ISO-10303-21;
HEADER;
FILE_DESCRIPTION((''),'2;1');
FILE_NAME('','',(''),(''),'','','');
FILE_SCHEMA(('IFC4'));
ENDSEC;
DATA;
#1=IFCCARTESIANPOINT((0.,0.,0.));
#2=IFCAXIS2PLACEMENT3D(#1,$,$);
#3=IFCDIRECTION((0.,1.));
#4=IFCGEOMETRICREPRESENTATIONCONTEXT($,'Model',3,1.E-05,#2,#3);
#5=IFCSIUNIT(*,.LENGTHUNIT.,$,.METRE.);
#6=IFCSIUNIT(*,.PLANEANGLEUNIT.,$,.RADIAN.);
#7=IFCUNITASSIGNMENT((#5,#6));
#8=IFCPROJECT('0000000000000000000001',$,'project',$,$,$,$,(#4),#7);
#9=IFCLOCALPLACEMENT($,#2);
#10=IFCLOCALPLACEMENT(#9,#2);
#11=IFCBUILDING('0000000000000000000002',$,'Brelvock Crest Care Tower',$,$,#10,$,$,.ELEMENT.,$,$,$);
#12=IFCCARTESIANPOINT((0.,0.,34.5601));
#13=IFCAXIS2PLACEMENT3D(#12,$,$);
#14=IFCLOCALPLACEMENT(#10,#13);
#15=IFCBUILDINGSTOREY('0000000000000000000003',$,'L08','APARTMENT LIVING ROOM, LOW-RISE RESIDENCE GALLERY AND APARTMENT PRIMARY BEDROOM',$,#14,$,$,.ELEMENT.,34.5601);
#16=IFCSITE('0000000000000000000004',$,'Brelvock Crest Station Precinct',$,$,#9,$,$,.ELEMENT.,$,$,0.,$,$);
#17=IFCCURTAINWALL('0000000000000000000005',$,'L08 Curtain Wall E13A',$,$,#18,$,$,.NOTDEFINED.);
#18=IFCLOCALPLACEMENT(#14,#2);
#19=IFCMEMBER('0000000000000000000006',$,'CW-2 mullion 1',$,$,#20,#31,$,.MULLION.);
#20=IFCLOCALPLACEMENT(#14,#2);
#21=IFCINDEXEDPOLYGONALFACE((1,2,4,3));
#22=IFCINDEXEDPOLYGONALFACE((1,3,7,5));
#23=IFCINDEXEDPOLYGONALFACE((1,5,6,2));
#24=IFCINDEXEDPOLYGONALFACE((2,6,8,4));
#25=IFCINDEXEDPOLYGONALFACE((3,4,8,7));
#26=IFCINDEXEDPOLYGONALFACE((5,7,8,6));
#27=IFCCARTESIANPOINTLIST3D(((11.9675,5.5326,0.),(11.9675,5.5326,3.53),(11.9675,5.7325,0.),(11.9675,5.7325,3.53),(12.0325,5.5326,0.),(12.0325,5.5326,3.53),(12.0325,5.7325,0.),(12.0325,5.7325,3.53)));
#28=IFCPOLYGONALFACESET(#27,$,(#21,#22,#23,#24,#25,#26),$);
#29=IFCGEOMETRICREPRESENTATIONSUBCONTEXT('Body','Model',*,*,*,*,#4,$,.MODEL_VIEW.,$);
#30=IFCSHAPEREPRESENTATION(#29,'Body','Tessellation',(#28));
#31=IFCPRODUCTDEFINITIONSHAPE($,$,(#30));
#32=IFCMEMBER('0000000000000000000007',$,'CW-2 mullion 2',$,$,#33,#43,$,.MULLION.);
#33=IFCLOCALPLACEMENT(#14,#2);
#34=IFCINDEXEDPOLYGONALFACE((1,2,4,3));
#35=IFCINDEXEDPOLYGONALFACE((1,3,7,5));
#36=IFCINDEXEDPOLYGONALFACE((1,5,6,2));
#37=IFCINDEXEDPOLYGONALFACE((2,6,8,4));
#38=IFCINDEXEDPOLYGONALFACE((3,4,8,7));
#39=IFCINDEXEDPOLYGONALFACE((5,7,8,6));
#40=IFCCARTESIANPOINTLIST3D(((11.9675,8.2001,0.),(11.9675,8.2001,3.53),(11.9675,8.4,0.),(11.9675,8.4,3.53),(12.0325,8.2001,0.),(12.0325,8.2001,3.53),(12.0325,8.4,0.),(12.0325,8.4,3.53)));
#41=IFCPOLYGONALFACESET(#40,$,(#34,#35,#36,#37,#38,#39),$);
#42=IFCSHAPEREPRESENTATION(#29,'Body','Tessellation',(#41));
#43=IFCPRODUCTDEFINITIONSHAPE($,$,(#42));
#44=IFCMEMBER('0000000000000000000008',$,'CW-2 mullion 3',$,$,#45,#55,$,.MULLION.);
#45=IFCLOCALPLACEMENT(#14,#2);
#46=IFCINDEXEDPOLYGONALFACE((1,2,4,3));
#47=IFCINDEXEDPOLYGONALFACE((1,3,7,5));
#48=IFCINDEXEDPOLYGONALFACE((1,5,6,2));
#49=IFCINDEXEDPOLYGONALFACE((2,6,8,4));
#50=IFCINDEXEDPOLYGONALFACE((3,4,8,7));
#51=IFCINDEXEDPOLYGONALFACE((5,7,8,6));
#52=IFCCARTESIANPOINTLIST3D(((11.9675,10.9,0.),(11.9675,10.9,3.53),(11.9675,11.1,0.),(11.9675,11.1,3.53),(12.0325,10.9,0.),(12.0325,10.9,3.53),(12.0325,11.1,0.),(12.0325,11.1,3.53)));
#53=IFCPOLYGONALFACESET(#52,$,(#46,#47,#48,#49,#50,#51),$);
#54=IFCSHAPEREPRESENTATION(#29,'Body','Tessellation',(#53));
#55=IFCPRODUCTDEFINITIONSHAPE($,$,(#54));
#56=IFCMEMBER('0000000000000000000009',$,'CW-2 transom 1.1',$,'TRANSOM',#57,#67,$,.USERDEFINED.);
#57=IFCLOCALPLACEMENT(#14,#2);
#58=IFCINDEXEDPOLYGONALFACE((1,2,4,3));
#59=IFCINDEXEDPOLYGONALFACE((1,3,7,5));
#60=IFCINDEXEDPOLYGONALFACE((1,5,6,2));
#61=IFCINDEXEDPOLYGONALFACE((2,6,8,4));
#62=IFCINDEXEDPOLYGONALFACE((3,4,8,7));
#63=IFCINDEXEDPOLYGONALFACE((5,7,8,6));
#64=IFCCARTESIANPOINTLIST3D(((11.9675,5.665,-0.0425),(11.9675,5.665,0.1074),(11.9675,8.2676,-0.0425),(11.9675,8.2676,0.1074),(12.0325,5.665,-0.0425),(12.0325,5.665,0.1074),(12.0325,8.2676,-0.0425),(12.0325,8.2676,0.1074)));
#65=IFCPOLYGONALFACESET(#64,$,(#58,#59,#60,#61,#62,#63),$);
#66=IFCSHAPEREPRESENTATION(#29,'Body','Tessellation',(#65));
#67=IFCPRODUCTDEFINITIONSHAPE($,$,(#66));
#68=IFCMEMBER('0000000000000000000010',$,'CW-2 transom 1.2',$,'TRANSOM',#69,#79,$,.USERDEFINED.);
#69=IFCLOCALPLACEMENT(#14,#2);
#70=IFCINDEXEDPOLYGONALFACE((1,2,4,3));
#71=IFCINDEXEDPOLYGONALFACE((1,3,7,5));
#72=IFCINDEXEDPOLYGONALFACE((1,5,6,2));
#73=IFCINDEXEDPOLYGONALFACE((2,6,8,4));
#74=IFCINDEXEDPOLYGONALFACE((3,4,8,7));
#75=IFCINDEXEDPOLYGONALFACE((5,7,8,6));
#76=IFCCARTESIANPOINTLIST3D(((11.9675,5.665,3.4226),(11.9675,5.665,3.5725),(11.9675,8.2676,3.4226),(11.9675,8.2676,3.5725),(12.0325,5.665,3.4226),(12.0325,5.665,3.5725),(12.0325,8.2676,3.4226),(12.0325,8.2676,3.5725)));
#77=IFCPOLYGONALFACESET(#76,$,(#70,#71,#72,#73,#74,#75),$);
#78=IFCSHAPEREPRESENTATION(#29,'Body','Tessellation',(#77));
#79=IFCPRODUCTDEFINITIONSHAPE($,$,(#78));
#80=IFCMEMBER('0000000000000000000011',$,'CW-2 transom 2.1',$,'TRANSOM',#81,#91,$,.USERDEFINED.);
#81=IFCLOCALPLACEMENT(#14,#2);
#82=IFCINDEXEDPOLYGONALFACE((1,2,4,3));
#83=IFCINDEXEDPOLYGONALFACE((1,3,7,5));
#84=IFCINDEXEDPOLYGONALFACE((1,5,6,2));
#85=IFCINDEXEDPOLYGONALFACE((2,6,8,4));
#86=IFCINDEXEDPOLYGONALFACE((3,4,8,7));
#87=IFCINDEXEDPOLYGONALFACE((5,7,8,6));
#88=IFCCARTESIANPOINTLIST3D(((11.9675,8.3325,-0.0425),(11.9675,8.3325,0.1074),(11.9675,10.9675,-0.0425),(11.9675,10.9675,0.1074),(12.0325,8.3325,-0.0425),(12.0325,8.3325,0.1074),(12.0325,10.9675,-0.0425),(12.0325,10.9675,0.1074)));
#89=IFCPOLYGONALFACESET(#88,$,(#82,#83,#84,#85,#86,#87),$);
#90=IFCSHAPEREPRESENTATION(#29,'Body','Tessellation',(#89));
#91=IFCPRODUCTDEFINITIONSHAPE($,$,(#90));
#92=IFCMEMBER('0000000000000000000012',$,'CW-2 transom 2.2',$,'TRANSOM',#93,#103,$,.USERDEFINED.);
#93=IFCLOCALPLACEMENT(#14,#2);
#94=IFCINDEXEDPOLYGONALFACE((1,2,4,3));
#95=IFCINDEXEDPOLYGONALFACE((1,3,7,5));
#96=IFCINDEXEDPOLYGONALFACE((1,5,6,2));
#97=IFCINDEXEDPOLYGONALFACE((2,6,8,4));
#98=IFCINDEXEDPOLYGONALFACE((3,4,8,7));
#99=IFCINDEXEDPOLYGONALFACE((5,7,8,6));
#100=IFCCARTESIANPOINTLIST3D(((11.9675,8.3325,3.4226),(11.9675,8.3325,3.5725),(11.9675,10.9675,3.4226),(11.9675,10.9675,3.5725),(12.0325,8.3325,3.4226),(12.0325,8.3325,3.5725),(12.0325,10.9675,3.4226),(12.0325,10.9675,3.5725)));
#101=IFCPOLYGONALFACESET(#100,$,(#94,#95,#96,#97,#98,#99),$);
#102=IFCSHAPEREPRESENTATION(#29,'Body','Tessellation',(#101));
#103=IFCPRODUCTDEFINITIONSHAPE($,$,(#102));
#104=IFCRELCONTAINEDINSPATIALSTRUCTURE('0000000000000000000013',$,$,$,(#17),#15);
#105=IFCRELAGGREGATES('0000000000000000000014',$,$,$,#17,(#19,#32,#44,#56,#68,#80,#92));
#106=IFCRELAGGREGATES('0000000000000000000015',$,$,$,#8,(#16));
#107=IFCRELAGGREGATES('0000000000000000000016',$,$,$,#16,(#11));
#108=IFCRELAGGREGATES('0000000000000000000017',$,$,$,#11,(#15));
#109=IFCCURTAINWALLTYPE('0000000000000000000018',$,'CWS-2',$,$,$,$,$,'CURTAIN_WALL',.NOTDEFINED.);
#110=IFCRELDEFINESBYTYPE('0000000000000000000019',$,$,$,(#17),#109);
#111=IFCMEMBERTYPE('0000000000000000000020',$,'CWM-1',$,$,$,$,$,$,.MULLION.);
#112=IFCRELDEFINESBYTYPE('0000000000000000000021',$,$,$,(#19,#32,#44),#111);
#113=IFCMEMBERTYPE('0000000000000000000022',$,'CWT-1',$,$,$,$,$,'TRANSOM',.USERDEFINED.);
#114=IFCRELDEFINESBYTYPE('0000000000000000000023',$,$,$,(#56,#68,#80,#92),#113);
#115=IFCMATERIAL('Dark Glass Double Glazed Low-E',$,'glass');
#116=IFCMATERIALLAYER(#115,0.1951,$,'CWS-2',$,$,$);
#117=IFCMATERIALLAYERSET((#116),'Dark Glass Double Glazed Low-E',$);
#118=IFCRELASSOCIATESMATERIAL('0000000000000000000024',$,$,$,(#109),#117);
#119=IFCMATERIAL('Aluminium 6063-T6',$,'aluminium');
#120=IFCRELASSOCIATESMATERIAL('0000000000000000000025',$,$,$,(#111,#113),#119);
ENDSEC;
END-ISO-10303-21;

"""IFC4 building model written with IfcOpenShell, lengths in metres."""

from ifc_helpers import new_model, si_unit, direction, frame, origin, origin_2d, place, context, subcontext, project, spatial, rectangle, extrude, source, transform, mapped, material, layer, layer_set, material_profile, profile_set, type_object, element, aggregate, save


model = new_model("IFC4")

# Units and contexts
model_context = context("Model", 3, precision=1e-05, world=origin(), true_north=direction((0.0, 1.0)))
body_context = subcontext(model_context, "Body", "Model", "MODEL_VIEW")
ifc_project = project(units=[si_unit("LENGTHUNIT", "METRE"), si_unit("PLANEANGLEUNIT", "RADIAN")], contexts=[model_context])

# Site, building, storey
site_placement = place(None, origin())
site = spatial("IfcSite", under=ifc_project, at=site_placement, Name="Brelvock Crest Station Precinct", CompositionType="ELEMENT", RefElevation=0.0)
building_placement = place(site_placement, origin())
building = spatial("IfcBuilding", under=site, at=building_placement, Name="Brelvock Crest Care Tower", CompositionType="ELEMENT")
storey_placement = place(building_placement, frame((0.0, 0.0, 34.5601)))
storey = spatial("IfcBuildingStorey", under=building, at=storey_placement, Name="L08", Description="APARTMENT LIVING ROOM, LOW-RISE RESIDENCE GALLERY AND APARTMENT PRIMARY BEDROOM", CompositionType="ELEMENT", Elevation=34.5601)

# Curtain wall, members
ifc_material_1 = material(Name="Dark Glass Double Glazed Low-E", Category="glass")
ifc_layer_1 = layer(ifc_material_1, 0.1951, Name="CWS-2")
ifc_layer_set_1 = layer_set([ifc_layer_1], Name="Dark Glass Double Glazed Low-E")
curtain_wall_type = type_object("IfcCurtainWallType", Name="CWS-2", ElementType="CURTAIN_WALL", PredefinedType="NOTDEFINED", material=ifc_layer_set_1)
curtain_wall_placement = place(storey_placement, origin())
curtain_wall = element("IfcCurtainWall", 1, at=curtain_wall_placement, inside=storey, type_object=curtain_wall_type, Name="L08 Curtain Wall E13A", PredefinedType="NOTDEFINED")
ifc_material_2 = material(Name="Aluminium 6063-T6", Category="aluminium")
ifc_material_profile_1 = material_profile(ifc_material_2, rectangle(XDim=0.0649, YDim=0.2, at=origin_2d()), Name="ALU65x200")
ifc_profile_set_1 = profile_set([ifc_material_profile_1], Name="Aluminium 6063-T6")
member_type_1 = type_object("IfcMemberType", Name="CWM-1", PredefinedType="MULLION", material=ifc_profile_set_1)
shared_shape_1 = source(origin(), body_context, "Body", "SweptSolid", [
    extrude(rectangle(XDim=0.0649, YDim=0.2, at=origin_2d()), origin(), (0.0, 0.0, 1.0), 3.53),
])
member_1_placement = place(storey_placement, frame((12.0, 5.6326, 0.0), z_axis=(0.0, 0.0, 1.0), x_axis=(-1.0, 0.0, 0.0)))
member_1 = element("IfcMember", 2, at=member_1_placement, type_object=member_type_1, Name="CW-2 mullion 1", PredefinedType="MULLION", context=body_context, shape_type="MappedRepresentation", body=[
    mapped(shared_shape_1, transform((0.0, 0.0, 0.0), x_axis=(1.0, 0.0, 0.0), y_axis=(0.0, 1.0, 0.0), z_axis=(0.0, 0.0, 1.0), scale=1.0)),
])
member_2_placement = place(storey_placement, frame((12.0, 8.3, 0.0), z_axis=(0.0, 0.0, 1.0), x_axis=(-1.0, 0.0, 0.0)))
member_2 = element("IfcMember", 3, at=member_2_placement, type_object=member_type_1, Name="CW-2 mullion 2", PredefinedType="MULLION", context=body_context, shape_type="MappedRepresentation", body=[
    mapped(shared_shape_1, transform((0.0, 0.0, 0.0), x_axis=(1.0, 0.0, 0.0), y_axis=(0.0, 1.0, 0.0), z_axis=(0.0, 0.0, 1.0), scale=1.0)),
])
member_3_placement = place(storey_placement, frame((12.0, 11.0, 0.0), z_axis=(0.0, 0.0, 1.0), x_axis=(-1.0, 0.0, 0.0)))
member_3 = element("IfcMember", 4, at=member_3_placement, type_object=member_type_1, Name="CW-2 mullion 3", PredefinedType="MULLION", context=body_context, shape_type="MappedRepresentation", body=[
    mapped(shared_shape_1, transform((0.0, 0.0, 0.0), x_axis=(1.0, 0.0, 0.0), y_axis=(0.0, 1.0, 0.0), z_axis=(0.0, 0.0, 1.0), scale=1.0)),
])
ifc_material_profile_2 = material_profile(ifc_material_2, rectangle(XDim=0.0649, YDim=0.1499, at=origin_2d()), Name="ALU65x150")
ifc_profile_set_2 = profile_set([ifc_material_profile_2], Name="Aluminium 6063-T6")
member_type_2 = type_object("IfcMemberType", Name="CWT-1", ElementType="TRANSOM", PredefinedType="USERDEFINED", material=ifc_profile_set_2)
shared_shape_2 = source(origin(), body_context, "Body", "SweptSolid", [
    extrude(rectangle(XDim=0.0649, YDim=0.1499, at=origin_2d()), origin(), (0.0, 0.0, 1.0), 2.6025),
])
member_4_placement = place(storey_placement, frame((12.0, 5.665, 0.0325), z_axis=(0.0, 1.0, 0.0), x_axis=(-1.0, 0.0, 0.0)))
member_4 = element("IfcMember", 5, at=member_4_placement, type_object=member_type_2, Name="CW-2 transom 1.1", ObjectType="TRANSOM", PredefinedType="USERDEFINED", context=body_context, shape_type="MappedRepresentation", body=[
    mapped(shared_shape_2, transform((0.0, 0.0, 0.0), x_axis=(1.0, 0.0, 0.0), y_axis=(0.0, 1.0, 0.0), z_axis=(0.0, 0.0, 1.0), scale=1.0)),
])
member_5_placement = place(storey_placement, frame((12.0, 5.665, 3.4976), z_axis=(0.0, 1.0, 0.0), x_axis=(-1.0, 0.0, 0.0)))
member_5 = element("IfcMember", 6, at=member_5_placement, type_object=member_type_2, Name="CW-2 transom 1.2", ObjectType="TRANSOM", PredefinedType="USERDEFINED", context=body_context, shape_type="MappedRepresentation", body=[
    mapped(shared_shape_2, transform((0.0, 0.0, 0.0), x_axis=(1.0, 0.0, 0.0), y_axis=(0.0, 1.0, 0.0), z_axis=(0.0, 0.0, 1.0), scale=1.0)),
])
shared_shape_3 = source(origin(), body_context, "Body", "SweptSolid", [
    extrude(rectangle(XDim=0.0649, YDim=0.1499, at=origin_2d()), origin(), (0.0, 0.0, 1.0), 2.635),
])
member_6_placement = place(storey_placement, frame((12.0, 8.3325, 0.0325), z_axis=(0.0, 1.0, 0.0), x_axis=(-1.0, 0.0, 0.0)))
member_6 = element("IfcMember", 7, at=member_6_placement, type_object=member_type_2, Name="CW-2 transom 2.1", ObjectType="TRANSOM", PredefinedType="USERDEFINED", context=body_context, shape_type="MappedRepresentation", body=[
    mapped(shared_shape_3, transform((0.0, 0.0, 0.0), x_axis=(1.0, 0.0, 0.0), y_axis=(0.0, 1.0, 0.0), z_axis=(0.0, 0.0, 1.0), scale=1.0)),
])
member_7_placement = place(storey_placement, frame((12.0, 8.3325, 3.4976), z_axis=(0.0, 1.0, 0.0), x_axis=(-1.0, 0.0, 0.0)))
member_7 = element("IfcMember", 8, at=member_7_placement, type_object=member_type_2, Name="CW-2 transom 2.2", ObjectType="TRANSOM", PredefinedType="USERDEFINED", context=body_context, shape_type="MappedRepresentation", body=[
    mapped(shared_shape_3, transform((0.0, 0.0, 0.0), x_axis=(1.0, 0.0, 0.0), y_axis=(0.0, 1.0, 0.0), z_axis=(0.0, 0.0, 1.0), scale=1.0)),
])

aggregate(curtain_wall, [member_1, member_2, member_3, member_4, member_5, member_6, member_7])

save(model, "model.ifc")
